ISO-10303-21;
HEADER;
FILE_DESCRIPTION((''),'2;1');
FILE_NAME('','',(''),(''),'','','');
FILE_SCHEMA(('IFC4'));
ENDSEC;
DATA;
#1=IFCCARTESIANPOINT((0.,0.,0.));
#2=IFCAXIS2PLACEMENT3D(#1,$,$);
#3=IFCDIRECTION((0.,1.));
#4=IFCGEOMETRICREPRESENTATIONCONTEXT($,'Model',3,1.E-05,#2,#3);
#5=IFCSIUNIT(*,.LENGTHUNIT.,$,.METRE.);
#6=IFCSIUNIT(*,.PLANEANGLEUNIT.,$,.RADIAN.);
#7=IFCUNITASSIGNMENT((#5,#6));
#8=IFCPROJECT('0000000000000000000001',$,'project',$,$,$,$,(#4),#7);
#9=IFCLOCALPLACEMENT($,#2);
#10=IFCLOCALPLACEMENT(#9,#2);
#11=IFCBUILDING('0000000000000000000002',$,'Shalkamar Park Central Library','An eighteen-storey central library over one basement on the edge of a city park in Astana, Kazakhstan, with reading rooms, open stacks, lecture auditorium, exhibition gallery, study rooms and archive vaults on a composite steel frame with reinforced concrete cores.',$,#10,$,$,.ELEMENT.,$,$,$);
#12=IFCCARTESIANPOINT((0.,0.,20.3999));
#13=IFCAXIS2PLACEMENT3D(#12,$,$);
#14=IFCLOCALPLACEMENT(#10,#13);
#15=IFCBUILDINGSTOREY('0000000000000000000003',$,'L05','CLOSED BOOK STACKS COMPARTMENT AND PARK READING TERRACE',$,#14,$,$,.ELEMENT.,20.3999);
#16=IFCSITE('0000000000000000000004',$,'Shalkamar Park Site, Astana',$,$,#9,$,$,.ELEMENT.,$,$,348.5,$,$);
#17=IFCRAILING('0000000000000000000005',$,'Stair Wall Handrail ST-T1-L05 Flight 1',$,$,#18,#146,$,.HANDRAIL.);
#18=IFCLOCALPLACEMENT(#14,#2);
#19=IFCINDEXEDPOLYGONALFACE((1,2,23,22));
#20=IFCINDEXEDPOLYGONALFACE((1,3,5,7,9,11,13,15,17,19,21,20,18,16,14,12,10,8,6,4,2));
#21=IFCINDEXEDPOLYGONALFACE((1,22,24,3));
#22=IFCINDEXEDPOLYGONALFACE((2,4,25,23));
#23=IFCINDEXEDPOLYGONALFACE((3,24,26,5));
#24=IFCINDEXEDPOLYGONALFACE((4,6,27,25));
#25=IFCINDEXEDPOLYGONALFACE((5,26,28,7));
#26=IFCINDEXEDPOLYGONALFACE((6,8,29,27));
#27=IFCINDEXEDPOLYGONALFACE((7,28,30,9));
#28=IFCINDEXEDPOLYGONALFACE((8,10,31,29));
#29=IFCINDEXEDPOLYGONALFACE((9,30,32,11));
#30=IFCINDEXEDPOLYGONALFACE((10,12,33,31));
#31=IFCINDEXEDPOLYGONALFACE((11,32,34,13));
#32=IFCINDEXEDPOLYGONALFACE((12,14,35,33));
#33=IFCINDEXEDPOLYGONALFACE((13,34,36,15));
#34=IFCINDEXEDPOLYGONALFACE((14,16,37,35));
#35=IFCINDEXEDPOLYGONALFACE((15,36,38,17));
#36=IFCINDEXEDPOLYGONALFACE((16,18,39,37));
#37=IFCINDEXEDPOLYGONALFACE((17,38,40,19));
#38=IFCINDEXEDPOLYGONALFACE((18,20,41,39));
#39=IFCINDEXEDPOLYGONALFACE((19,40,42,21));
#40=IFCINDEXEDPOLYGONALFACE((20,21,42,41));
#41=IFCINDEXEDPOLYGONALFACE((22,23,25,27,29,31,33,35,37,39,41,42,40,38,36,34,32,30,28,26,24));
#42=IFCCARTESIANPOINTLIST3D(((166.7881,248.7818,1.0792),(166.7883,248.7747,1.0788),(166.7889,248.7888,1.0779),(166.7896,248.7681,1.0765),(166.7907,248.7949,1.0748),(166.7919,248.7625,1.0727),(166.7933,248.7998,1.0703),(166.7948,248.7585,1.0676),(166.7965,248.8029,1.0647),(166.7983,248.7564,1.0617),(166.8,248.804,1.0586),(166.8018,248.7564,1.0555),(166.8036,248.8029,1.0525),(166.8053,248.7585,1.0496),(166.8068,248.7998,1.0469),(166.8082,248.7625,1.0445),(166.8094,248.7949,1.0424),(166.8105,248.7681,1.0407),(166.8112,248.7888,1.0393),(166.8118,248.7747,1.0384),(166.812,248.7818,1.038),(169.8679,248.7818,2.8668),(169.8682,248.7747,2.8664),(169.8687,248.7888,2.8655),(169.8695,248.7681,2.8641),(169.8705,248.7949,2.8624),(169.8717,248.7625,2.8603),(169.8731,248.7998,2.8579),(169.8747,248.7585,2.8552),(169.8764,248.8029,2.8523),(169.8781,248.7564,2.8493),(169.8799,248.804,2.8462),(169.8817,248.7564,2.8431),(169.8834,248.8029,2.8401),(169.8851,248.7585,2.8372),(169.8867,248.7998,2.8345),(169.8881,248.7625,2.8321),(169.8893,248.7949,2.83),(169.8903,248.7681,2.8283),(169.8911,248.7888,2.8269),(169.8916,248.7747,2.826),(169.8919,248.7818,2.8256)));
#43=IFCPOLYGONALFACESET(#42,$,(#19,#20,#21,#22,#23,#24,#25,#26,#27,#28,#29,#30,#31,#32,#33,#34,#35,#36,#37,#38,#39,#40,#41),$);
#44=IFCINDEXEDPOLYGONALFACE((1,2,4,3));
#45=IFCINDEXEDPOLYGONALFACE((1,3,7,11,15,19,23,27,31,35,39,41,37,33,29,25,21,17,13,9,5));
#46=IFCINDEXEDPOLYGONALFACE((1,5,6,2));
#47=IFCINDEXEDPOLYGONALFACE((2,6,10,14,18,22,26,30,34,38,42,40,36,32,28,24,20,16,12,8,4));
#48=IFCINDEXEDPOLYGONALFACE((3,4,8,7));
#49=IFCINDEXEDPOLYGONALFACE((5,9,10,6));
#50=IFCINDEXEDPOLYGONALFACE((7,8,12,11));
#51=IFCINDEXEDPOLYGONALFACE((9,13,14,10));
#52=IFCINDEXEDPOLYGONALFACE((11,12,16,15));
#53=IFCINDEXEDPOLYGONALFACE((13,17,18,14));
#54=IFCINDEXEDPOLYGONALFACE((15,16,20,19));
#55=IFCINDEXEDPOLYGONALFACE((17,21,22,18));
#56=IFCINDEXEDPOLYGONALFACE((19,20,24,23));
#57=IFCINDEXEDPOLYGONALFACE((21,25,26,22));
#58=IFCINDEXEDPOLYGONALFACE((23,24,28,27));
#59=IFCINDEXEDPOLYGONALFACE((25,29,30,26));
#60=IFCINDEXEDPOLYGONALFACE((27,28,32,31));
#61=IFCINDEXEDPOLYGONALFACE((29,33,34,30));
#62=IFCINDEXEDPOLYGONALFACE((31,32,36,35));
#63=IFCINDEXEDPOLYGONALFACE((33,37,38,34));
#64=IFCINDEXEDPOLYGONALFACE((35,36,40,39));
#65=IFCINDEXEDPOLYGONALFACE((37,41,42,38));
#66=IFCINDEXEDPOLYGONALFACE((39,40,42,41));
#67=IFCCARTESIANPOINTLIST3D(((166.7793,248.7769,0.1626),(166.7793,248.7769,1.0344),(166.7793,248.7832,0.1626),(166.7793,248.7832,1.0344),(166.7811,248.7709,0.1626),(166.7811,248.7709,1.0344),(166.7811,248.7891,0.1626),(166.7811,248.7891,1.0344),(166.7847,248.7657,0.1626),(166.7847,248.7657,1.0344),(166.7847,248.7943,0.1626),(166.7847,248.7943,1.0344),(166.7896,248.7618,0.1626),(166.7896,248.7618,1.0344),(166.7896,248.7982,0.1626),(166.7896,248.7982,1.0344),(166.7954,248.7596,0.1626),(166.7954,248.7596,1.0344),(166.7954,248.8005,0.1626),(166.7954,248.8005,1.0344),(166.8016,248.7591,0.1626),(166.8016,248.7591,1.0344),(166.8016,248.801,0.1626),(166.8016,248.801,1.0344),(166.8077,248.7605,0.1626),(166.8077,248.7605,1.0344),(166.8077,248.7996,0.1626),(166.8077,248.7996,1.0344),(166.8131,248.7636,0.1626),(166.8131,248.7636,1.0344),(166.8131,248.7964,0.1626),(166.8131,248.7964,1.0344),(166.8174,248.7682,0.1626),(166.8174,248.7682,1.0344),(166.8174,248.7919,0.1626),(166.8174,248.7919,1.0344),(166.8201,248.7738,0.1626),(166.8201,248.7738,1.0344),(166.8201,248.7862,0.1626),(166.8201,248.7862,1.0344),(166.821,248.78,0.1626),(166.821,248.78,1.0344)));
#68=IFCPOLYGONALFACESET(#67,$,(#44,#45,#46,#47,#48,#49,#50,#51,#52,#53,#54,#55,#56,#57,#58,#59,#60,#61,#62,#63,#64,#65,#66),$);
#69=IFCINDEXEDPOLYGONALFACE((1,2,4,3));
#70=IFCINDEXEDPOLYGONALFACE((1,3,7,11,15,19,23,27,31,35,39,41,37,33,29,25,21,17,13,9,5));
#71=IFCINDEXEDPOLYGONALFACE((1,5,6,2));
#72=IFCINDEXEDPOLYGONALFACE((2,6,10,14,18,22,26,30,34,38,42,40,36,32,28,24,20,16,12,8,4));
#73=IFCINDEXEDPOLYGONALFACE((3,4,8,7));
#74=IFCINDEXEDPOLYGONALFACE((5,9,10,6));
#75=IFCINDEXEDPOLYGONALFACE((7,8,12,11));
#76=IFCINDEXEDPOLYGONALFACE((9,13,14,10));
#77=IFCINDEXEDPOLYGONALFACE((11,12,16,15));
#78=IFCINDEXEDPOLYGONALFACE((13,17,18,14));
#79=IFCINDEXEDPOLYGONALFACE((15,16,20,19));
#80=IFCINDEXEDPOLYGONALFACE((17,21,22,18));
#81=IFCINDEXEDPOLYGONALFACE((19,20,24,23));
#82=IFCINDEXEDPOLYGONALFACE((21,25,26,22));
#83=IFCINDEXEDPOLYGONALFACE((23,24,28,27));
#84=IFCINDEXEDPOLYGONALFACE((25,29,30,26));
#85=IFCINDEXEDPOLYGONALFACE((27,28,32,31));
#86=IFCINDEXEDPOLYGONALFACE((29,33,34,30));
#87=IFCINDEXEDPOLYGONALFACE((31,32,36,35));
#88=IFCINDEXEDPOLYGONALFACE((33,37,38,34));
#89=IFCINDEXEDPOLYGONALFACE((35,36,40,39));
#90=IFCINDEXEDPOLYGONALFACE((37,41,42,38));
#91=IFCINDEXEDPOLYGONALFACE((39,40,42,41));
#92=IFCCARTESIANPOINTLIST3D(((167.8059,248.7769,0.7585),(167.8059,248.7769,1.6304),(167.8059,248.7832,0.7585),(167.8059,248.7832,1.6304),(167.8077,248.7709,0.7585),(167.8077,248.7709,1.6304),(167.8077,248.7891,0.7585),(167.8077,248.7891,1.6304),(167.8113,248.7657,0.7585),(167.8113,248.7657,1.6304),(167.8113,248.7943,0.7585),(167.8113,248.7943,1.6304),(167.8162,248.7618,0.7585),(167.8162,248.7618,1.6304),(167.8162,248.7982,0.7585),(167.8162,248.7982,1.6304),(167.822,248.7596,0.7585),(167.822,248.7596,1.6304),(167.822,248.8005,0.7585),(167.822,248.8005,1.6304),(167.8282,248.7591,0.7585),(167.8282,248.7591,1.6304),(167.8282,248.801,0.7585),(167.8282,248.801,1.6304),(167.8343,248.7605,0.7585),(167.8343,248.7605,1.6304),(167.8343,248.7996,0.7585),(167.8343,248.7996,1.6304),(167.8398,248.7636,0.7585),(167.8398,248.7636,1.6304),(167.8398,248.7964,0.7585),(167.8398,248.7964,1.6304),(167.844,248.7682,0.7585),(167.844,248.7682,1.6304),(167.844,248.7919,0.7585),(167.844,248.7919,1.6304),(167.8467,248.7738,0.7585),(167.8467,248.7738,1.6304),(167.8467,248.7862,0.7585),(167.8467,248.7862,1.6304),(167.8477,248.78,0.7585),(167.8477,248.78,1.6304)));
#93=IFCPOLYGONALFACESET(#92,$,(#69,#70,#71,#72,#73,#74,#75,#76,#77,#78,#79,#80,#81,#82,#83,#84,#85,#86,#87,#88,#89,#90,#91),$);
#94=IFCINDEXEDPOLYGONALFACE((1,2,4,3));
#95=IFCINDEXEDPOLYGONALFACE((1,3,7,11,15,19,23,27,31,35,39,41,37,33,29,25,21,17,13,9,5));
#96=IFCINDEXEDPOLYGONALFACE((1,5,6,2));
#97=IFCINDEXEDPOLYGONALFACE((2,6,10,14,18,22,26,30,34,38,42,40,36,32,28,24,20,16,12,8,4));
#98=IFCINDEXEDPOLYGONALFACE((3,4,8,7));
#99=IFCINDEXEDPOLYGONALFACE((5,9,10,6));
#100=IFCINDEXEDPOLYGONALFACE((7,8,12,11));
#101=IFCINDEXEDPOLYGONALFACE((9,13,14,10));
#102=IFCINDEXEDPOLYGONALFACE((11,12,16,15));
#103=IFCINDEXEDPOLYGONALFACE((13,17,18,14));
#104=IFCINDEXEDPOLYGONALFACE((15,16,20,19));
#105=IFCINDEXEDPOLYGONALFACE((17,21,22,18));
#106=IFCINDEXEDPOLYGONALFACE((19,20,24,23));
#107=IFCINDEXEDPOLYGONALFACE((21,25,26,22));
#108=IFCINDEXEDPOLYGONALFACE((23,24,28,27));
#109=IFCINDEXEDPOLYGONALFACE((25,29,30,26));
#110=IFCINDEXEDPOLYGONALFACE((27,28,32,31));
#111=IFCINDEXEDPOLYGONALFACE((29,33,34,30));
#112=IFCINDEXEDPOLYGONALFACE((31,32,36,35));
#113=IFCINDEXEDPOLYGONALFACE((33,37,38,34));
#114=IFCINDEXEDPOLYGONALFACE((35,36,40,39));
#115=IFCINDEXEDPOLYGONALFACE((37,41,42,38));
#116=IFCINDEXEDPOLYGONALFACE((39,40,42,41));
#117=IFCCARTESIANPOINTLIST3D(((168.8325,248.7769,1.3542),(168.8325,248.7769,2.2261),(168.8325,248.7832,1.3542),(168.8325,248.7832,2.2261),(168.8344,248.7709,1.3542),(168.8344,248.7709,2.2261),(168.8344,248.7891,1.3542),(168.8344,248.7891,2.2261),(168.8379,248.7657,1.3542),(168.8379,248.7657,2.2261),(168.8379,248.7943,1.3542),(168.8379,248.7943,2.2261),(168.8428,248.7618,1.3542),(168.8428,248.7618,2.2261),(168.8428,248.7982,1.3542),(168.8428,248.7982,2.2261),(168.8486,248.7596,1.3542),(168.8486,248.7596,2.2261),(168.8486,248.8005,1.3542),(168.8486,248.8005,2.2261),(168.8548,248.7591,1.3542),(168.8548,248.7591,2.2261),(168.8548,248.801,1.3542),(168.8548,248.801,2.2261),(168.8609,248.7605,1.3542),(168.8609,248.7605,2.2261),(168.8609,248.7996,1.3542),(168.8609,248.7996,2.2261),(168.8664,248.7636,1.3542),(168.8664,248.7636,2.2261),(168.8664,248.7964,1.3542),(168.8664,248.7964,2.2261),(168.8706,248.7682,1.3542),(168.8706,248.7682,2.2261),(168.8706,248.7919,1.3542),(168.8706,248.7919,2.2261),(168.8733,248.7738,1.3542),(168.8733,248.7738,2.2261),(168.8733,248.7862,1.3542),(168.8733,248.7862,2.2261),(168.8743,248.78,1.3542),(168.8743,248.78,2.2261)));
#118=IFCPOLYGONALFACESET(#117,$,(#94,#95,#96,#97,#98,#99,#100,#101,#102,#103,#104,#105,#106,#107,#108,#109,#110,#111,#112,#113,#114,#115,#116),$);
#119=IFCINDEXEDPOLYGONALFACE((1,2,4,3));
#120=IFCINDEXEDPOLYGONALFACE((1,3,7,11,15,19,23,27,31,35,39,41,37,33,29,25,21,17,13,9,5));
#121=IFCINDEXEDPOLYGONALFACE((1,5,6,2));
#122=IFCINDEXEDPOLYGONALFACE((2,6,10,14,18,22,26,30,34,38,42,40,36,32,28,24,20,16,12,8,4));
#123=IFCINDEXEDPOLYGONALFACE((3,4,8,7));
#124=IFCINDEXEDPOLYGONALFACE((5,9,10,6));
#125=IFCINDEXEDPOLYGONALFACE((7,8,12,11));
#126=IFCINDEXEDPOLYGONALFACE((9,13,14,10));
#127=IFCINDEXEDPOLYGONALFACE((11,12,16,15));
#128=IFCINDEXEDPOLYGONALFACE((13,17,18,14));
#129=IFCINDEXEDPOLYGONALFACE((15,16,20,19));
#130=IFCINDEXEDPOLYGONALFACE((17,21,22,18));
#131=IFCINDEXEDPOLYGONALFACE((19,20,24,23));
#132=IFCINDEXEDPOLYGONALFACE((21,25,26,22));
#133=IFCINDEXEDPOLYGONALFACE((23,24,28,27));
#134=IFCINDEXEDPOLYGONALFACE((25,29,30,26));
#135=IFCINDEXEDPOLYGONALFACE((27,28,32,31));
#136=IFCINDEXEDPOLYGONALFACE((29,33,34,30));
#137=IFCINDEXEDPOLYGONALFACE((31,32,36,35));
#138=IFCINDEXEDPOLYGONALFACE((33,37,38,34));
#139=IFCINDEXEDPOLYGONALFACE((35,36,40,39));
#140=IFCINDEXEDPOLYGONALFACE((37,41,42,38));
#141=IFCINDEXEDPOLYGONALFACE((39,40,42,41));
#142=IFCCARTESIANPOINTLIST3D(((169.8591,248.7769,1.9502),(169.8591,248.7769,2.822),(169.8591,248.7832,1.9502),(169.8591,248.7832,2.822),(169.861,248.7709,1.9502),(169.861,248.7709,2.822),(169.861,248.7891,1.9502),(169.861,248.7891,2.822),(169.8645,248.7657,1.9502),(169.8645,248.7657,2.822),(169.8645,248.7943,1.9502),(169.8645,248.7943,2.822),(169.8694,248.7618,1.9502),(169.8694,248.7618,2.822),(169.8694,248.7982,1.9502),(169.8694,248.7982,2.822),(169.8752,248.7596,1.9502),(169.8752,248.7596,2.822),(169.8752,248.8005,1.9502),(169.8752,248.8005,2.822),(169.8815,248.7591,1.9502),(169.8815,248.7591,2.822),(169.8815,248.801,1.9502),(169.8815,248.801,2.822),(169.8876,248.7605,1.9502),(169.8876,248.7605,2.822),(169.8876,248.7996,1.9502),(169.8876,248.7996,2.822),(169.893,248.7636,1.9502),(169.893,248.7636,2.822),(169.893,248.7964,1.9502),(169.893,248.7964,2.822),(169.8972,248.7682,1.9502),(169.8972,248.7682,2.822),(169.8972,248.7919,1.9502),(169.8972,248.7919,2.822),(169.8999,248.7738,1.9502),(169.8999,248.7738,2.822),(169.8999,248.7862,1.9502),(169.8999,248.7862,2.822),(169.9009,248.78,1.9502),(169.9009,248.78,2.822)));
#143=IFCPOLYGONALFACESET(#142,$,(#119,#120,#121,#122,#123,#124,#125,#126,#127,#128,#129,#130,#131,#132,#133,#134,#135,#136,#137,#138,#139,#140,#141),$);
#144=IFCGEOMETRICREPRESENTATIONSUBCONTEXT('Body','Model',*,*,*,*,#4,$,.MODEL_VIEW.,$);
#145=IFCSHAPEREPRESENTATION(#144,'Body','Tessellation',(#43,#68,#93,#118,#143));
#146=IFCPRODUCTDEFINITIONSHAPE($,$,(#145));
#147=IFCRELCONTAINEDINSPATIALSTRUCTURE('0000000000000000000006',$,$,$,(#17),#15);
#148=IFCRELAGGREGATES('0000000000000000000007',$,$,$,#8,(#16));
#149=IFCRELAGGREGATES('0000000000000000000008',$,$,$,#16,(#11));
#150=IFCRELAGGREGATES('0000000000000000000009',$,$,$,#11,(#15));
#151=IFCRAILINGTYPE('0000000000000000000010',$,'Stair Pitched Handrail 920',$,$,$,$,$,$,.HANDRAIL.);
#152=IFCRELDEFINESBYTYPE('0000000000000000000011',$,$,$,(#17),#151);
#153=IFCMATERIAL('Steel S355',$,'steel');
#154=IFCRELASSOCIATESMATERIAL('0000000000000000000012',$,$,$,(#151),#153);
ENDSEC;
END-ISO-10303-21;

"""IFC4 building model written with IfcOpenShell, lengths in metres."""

from ifc_helpers import new_model, si_unit, direction, frame, origin, origin_2d, place, context, subcontext, project, spatial, circle, extrude, material, type_object, element, save


model = new_model("IFC4")

# Units and contexts
model_context = context("Model", 3, precision=1e-05, world=origin(), true_north=direction((0.0, 1.0)))
body_context = subcontext(model_context, "Body", "Model", "MODEL_VIEW")
ifc_project = project(units=[si_unit("LENGTHUNIT", "METRE"), si_unit("PLANEANGLEUNIT", "RADIAN")], contexts=[model_context])

# Site, building, storey
site_placement = place(None, origin())
site = spatial("IfcSite", under=ifc_project, at=site_placement, Name="Shalkamar Park Site, Astana", CompositionType="ELEMENT", RefElevation=348.5)
building_placement = place(site_placement, origin())
building = spatial("IfcBuilding", under=site, at=building_placement, Name="Shalkamar Park Central Library", Description="An eighteen-storey central library over one basement on the edge of a city park in Astana, Kazakhstan, with reading rooms, open stacks, lecture auditorium, exhibition gallery, study rooms and archive vaults on a composite steel frame with reinforced concrete cores.", CompositionType="ELEMENT")
storey_placement = place(building_placement, frame((0.0, 0.0, 20.3999)))
storey = spatial("IfcBuildingStorey", under=building, at=storey_placement, Name="L05", Description="CLOSED BOOK STACKS COMPARTMENT AND PARK READING TERRACE", CompositionType="ELEMENT", Elevation=20.3999)

# Shared definitions
ifc_material_1 = material(Name="Steel S355", Category="steel")

# Railing
railing_type_1 = type_object("IfcRailingType", Name="Stair Pitched Handrail 920", PredefinedType="HANDRAIL", material=ifc_material_1)
railing_1_placement = place(storey_placement, frame((166.8, 248.78, 0.1626)))
element("IfcRailing", 1, at=railing_1_placement, inside=storey, type_object=railing_type_1, Name="Stair Wall Handrail ST-T1-L05 Flight 1", PredefinedType="HANDRAIL", context=body_context, shape_type="SweptSolid", body=[
    extrude(circle(Radius=0.0239, at=origin_2d()), frame((0.0, 0.0, 0.896), z_axis=(0.864873, 0.0, 0.50199), x_axis=(0.0, 1.0, 0.0)), (0.0, 0.0, 1.0), 3.561),
    extrude(circle(Radius=0.021, at=origin_2d()), origin(), (0.0, 0.0, 1.0), 0.8718),
    extrude(circle(Radius=0.021, at=origin_2d()), frame((1.0266, 0.0, 0.5959)), (0.0, 0.0, 1.0), 0.8718),
    extrude(circle(Radius=0.021, at=origin_2d()), frame((2.0532, 0.0, 1.1917)), (0.0, 0.0, 1.0), 0.8718),
    extrude(circle(Radius=0.021, at=origin_2d()), frame((3.0798, 0.0, 1.7876)), (0.0, 0.0, 1.0), 0.8718),
])

save(model, "model.ifc")
